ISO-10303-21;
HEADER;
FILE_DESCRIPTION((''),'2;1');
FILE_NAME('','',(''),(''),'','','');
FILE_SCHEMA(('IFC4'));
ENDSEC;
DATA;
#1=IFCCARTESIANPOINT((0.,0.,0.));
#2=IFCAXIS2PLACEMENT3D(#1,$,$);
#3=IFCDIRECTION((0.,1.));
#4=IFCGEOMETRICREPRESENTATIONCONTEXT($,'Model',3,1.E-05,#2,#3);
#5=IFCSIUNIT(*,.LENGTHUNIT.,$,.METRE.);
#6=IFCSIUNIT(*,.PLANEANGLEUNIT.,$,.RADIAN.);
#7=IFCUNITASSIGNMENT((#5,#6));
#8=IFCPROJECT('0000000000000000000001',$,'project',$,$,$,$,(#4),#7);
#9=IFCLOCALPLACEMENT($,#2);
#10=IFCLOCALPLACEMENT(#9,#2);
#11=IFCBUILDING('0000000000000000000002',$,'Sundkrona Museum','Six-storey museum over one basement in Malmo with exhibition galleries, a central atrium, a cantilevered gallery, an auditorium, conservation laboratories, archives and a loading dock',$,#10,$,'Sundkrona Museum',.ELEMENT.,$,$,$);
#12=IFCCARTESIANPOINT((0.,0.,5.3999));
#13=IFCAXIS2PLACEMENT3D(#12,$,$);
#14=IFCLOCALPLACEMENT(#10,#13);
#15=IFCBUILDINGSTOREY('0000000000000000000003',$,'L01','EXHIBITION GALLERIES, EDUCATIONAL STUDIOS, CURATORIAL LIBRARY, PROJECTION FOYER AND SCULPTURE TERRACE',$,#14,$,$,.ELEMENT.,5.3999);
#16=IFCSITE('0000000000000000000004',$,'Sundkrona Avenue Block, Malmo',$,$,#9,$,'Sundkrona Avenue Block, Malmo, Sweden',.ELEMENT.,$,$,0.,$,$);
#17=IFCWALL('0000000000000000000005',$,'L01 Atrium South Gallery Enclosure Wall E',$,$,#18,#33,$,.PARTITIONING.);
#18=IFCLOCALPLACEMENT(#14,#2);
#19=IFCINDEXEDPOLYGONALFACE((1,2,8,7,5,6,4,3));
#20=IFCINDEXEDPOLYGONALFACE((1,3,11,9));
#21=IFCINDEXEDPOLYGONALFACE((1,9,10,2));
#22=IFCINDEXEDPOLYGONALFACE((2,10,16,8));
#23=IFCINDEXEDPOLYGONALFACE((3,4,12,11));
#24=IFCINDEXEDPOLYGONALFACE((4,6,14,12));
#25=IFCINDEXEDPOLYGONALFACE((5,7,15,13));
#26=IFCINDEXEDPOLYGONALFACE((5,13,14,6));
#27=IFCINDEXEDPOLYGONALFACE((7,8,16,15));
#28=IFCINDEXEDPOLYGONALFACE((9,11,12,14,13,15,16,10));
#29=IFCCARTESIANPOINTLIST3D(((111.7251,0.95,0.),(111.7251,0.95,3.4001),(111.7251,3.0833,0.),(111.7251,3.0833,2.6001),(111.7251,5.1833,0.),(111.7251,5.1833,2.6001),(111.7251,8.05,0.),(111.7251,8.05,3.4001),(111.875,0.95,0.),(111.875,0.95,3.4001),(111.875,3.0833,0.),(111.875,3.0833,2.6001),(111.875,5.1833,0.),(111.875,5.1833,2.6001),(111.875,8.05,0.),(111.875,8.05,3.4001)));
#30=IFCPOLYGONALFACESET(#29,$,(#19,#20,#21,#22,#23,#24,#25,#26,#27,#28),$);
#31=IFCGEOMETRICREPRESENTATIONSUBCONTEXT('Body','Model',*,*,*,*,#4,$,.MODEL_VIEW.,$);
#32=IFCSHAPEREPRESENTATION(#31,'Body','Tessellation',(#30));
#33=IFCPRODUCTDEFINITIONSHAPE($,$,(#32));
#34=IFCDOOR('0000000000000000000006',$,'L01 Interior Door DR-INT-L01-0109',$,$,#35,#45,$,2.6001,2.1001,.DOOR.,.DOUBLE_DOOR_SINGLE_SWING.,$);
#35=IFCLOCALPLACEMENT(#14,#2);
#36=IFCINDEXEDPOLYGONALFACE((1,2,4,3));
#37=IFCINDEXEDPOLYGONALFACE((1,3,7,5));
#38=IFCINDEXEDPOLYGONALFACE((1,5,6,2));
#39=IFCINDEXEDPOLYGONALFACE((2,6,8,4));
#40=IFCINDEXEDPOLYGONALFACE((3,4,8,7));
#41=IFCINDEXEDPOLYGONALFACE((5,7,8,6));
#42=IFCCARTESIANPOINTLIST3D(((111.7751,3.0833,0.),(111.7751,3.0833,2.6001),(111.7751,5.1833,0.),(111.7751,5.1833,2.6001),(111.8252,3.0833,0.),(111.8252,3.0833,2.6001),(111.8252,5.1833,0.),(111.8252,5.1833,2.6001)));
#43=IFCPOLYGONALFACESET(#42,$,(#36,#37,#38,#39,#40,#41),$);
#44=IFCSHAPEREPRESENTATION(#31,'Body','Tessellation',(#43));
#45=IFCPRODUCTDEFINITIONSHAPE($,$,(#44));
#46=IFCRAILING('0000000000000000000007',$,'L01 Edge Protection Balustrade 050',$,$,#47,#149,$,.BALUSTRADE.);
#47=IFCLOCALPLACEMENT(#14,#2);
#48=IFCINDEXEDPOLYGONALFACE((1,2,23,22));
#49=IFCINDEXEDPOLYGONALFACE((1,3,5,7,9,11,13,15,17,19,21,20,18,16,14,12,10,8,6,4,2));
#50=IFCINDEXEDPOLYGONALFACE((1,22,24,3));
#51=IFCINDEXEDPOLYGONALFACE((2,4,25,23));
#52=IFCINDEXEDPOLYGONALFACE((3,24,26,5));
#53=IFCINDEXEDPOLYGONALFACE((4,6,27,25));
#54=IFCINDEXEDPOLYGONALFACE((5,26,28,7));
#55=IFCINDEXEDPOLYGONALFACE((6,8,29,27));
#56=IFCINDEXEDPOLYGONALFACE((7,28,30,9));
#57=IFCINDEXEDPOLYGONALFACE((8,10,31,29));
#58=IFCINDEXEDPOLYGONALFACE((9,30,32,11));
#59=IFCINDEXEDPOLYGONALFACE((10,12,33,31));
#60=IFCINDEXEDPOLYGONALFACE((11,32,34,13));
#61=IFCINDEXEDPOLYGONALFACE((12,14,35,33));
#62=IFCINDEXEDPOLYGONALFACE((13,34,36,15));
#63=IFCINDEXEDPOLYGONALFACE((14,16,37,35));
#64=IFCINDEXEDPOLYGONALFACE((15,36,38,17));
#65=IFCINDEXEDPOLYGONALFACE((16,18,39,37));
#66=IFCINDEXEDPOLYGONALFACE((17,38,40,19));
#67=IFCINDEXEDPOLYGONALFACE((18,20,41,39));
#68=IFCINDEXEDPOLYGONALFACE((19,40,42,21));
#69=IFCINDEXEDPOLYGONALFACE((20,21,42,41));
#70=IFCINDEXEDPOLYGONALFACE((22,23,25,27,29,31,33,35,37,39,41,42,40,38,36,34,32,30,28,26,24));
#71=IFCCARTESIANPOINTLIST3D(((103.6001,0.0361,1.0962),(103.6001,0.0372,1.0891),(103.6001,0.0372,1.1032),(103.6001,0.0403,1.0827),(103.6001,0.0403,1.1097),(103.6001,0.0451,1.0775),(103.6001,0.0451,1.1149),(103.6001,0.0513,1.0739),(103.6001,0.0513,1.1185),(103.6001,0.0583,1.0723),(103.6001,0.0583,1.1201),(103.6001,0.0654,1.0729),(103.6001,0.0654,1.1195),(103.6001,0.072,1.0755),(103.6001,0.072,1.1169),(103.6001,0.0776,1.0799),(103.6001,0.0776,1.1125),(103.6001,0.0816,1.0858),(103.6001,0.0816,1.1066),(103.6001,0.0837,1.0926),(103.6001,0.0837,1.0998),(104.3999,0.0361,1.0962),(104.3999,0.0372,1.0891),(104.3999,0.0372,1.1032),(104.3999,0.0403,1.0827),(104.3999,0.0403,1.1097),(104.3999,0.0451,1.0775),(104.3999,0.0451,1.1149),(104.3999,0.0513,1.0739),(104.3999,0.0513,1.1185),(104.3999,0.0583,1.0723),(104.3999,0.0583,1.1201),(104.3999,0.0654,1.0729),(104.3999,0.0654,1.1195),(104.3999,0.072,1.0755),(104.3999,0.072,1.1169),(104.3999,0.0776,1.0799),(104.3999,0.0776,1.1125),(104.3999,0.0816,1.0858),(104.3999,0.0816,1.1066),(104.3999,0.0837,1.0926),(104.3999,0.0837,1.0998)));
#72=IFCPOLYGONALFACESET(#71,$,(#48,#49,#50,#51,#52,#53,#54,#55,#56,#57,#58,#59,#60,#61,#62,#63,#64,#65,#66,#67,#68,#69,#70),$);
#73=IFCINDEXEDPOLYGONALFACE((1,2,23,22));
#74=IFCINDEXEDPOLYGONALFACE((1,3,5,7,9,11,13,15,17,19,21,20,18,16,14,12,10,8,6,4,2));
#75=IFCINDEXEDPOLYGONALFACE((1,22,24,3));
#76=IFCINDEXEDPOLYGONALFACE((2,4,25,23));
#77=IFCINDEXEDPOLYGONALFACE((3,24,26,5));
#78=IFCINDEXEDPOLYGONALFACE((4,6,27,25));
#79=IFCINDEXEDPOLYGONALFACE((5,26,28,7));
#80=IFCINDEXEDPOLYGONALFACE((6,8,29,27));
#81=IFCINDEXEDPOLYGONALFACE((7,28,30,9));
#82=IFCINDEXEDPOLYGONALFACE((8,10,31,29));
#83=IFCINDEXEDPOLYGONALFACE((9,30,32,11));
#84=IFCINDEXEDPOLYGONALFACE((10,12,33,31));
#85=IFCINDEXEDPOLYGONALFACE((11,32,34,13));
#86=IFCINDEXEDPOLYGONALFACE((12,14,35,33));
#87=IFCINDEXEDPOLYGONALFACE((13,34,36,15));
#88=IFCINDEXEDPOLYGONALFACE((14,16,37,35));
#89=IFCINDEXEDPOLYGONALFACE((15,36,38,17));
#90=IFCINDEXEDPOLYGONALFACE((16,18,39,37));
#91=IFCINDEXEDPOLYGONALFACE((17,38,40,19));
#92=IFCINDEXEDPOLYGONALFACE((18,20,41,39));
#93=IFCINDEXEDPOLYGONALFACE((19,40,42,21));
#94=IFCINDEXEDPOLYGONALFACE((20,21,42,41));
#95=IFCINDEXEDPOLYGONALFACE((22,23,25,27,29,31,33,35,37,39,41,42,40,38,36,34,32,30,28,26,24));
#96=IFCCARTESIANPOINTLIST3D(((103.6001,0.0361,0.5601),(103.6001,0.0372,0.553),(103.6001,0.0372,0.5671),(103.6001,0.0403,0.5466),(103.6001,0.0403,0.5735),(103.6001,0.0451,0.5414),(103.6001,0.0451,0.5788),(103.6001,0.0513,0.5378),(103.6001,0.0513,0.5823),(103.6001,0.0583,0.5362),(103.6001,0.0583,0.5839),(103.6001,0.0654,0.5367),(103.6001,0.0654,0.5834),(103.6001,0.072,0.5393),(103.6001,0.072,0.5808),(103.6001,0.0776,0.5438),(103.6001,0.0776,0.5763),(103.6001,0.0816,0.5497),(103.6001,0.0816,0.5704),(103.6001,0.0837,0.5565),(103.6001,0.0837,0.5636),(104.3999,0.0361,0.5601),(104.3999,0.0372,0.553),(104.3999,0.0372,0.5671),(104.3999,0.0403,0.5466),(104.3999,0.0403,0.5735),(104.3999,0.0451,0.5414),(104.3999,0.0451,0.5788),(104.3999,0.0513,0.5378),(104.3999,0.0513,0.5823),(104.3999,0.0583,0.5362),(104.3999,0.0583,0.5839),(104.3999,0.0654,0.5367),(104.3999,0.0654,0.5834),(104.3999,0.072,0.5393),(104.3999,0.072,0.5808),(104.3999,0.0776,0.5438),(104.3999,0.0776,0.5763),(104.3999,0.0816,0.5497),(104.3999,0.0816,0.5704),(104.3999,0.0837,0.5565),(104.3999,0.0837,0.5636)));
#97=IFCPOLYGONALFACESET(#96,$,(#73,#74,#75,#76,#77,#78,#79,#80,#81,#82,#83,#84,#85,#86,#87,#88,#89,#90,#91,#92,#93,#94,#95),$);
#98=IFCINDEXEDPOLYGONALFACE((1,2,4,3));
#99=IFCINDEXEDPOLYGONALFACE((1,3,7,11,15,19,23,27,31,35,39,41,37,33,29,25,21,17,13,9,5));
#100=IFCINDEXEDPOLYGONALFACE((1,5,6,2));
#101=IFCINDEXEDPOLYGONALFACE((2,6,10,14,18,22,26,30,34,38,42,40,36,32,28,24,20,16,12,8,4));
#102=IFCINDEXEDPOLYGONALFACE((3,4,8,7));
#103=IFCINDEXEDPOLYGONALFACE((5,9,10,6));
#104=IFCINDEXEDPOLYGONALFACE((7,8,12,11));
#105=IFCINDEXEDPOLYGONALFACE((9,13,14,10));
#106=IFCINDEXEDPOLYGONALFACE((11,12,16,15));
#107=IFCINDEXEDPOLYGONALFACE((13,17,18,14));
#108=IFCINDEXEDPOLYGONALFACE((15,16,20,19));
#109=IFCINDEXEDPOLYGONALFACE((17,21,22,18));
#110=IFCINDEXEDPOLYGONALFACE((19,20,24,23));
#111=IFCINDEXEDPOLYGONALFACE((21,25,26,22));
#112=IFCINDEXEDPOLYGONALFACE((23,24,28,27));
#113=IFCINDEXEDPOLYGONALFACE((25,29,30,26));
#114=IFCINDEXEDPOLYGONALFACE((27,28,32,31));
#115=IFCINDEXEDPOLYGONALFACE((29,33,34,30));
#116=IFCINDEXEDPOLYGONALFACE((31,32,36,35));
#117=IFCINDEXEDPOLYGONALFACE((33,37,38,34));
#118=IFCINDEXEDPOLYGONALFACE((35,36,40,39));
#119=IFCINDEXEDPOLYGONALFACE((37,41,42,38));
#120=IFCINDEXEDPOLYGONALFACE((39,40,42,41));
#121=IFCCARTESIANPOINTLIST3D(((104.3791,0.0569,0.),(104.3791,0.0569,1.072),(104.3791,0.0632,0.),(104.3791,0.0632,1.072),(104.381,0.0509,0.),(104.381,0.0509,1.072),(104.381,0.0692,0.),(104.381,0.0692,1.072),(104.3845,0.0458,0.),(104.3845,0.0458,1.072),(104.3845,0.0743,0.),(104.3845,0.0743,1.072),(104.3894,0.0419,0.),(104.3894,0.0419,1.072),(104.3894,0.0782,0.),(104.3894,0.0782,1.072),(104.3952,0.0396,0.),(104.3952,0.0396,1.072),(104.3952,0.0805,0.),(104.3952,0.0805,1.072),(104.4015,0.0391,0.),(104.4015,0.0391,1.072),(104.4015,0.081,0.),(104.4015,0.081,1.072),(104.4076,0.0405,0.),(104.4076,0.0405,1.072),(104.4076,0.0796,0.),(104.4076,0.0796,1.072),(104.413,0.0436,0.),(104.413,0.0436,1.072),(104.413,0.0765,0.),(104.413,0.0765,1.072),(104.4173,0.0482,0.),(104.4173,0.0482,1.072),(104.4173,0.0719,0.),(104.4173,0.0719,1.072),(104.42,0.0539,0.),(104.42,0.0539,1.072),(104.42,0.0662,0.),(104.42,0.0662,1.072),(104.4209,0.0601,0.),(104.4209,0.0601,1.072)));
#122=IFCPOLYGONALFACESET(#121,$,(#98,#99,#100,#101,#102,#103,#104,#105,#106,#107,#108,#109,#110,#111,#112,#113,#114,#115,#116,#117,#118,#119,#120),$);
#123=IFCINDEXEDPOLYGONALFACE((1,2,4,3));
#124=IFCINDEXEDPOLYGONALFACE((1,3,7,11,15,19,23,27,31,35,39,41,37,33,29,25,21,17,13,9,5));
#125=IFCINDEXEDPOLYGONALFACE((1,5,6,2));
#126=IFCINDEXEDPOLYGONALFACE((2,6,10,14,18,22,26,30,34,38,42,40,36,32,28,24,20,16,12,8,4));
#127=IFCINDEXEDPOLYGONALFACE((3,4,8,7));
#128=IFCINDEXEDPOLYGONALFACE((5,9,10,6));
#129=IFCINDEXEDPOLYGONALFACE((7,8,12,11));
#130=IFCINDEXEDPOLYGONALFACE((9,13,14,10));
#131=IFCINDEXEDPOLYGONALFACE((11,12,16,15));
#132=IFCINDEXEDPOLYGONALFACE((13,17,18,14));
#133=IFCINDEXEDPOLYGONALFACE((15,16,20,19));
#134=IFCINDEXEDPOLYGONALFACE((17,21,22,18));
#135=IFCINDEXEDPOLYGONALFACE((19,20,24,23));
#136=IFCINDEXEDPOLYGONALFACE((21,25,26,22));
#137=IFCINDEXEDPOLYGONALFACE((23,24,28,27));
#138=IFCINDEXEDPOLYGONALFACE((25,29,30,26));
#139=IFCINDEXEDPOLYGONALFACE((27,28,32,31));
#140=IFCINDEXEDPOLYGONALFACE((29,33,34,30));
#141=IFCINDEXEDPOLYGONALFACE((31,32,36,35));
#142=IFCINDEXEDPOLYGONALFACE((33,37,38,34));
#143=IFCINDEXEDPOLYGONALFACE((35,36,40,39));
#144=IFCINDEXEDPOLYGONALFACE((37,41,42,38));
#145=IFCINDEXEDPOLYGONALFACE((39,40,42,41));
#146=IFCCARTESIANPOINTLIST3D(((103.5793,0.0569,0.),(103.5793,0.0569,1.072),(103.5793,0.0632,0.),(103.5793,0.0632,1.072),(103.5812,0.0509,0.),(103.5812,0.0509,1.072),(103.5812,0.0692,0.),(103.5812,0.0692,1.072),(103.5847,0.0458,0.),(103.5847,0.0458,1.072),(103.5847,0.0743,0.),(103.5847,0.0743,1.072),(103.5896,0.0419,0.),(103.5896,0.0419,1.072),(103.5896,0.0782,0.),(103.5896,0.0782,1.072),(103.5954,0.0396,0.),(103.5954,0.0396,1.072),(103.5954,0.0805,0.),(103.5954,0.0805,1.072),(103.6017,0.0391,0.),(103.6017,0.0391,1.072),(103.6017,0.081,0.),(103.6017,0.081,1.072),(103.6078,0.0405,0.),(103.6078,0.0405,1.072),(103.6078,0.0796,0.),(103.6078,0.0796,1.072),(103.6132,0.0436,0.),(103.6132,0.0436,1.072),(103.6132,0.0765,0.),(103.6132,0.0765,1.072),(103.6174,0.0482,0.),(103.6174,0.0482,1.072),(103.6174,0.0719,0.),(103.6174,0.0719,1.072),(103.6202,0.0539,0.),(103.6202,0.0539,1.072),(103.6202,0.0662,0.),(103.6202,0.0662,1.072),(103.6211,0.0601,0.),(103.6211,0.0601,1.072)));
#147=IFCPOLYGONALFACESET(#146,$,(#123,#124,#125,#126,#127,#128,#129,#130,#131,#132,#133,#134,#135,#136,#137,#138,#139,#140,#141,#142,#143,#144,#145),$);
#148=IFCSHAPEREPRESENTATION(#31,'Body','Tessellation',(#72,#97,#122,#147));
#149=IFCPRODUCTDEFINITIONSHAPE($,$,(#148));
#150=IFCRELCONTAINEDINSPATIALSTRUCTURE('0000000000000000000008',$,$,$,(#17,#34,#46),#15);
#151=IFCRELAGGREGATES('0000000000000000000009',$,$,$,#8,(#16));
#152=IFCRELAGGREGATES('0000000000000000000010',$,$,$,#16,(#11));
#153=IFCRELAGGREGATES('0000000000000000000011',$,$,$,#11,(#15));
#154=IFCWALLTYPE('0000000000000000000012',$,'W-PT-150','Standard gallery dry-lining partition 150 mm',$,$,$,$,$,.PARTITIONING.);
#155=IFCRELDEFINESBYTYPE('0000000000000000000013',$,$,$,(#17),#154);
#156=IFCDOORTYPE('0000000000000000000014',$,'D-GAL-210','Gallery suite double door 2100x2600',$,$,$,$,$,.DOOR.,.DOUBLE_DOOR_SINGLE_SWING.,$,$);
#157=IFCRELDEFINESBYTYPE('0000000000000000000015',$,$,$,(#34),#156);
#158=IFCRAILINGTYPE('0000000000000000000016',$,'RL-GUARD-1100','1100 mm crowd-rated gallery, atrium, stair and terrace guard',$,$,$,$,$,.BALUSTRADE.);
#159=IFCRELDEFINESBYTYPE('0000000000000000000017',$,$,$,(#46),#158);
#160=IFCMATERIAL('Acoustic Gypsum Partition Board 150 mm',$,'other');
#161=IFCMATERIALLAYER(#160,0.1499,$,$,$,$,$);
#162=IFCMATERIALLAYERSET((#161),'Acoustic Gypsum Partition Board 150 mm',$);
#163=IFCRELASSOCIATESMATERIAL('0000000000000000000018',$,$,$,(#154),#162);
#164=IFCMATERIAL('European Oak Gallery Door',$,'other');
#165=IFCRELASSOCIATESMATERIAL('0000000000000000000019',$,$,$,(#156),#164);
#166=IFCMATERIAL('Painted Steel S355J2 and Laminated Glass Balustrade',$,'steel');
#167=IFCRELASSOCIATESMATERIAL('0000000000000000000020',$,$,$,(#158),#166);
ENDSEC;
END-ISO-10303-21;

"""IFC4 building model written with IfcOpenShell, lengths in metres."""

from ifc_helpers import new_model, si_unit, direction, frame, frame_2d, origin, origin_2d, place, context, subcontext, project, spatial, rectangle, circle, extrude, material, layer, layer_set, type_object, element, fill, save


model = new_model("IFC4")

# Units and contexts
model_context = context("Model", 3, precision=1e-05, world=origin(), true_north=direction((0.0, 1.0)))
body_context = subcontext(model_context, "Body", "Model", "MODEL_VIEW")
ifc_project = project(units=[si_unit("LENGTHUNIT", "METRE"), si_unit("PLANEANGLEUNIT", "RADIAN")], contexts=[model_context])

# Site, building, storey
site_placement = place(None, origin())
site = spatial("IfcSite", under=ifc_project, at=site_placement, Name="Sundkrona Avenue Block, Malmo", LongName="Sundkrona Avenue Block, Malmo, Sweden", CompositionType="ELEMENT", RefElevation=0.0)
building_placement = place(site_placement, origin())
building = spatial("IfcBuilding", under=site, at=building_placement, Name="Sundkrona Museum", Description="Six-storey museum over one basement in Malmo with exhibition galleries, a central atrium, a cantilevered gallery, an auditorium, conservation laboratories, archives and a loading dock", LongName="Sundkrona Museum", CompositionType="ELEMENT")
storey_placement = place(building_placement, frame((0.0, 0.0, 5.3999)))
storey = spatial("IfcBuildingStorey", under=building, at=storey_placement, Name="L01", Description="EXHIBITION GALLERIES, EDUCATIONAL STUDIOS, CURATORIAL LIBRARY, PROJECTION FOYER AND SCULPTURE TERRACE", CompositionType="ELEMENT", Elevation=5.3999)

# Shared definitions
ifc_material_1 = material(Name="Acoustic Gypsum Partition Board 150 mm", Category="other")
ifc_layer_1 = layer(ifc_material_1, 0.1499)
ifc_layer_set_1 = layer_set([ifc_layer_1], Name="Acoustic Gypsum Partition Board 150 mm")
wall_type = type_object("IfcWallType", Name="W-PT-150", Description="Standard gallery dry-lining partition 150 mm", PredefinedType="PARTITIONING", material=ifc_layer_set_1)

# Wall, opening, door
wall_1_placement = place(storey_placement, frame((111.8, 0.95, 0.0), z_axis=(0.0, 0.0, 1.0), x_axis=(0.0, 1.0, 0.0)))
wall_1 = element("IfcWall", 1, at=wall_1_placement, inside=storey, type_object=wall_type, Name="L01 Atrium South Gallery Enclosure Wall E", PredefinedType="PARTITIONING", context=body_context, shape_type="SweptSolid", body=[
    extrude(rectangle(XDim=7.1001, YDim=0.1499, at=frame_2d((3.55, 0.0))), origin(), (0.0, 0.0, 1.0), 3.4001),
])
opening_placement = place(wall_1_placement, frame((2.1333, 0.0, 0.0)))
opening = element("IfcOpeningElement", 2, at=opening_placement, cuts=wall_1, PredefinedType="OPENING", context=body_context, shape_type="SweptSolid", body=[
    extrude(rectangle(XDim=2.1001, YDim=2.6001, at=frame_2d((1.05, 1.3))), frame((0.0, 0.085, 0.0), z_axis=(0.0, -1.0, 0.0), x_axis=(1.0, 0.0, 0.0)), (0.0, 0.0, 1.0), 0.1699),
])
ifc_material_2 = material(Name="European Oak Gallery Door", Category="other")
door_type = type_object("IfcDoorType", Name="D-GAL-210", Description="Gallery suite double door 2100x2600", OperationType="DOUBLE_DOOR_SINGLE_SWING", PredefinedType="DOOR", material=ifc_material_2)
door_placement = place(opening_placement, origin())
door = element("IfcDoor", 3, at=door_placement, inside=storey, type_object=door_type, Name="L01 Interior Door DR-INT-L01-0109", OperationType="DOUBLE_DOOR_SINGLE_SWING", OverallHeight=2.6001, OverallWidth=2.1001, PredefinedType="DOOR", context=body_context, shape_type="SweptSolid", body=[
    extrude(rectangle(XDim=2.1001, YDim=2.6001, at=frame_2d((1.05, 1.3))), frame((0.0, 0.0249, 0.0), z_axis=(0.0, -1.0, 0.0), x_axis=(1.0, 0.0, 0.0)), (0.0, 0.0, 1.0), 0.05),
])
fill(opening, door)

# Railing
ifc_material_3 = material(Name="Painted Steel S355J2 and Laminated Glass Balustrade", Category="steel")
railing_type = type_object("IfcRailingType", Name="RL-GUARD-1100", Description="1100 mm crowd-rated gallery, atrium, stair and terrace guard", PredefinedType="BALUSTRADE", material=ifc_material_3)
railing_placement = place(storey_placement, frame((104.3999, 0.0601, 0.0)))
element("IfcRailing", 4, at=railing_placement, inside=storey, type_object=railing_type, Name="L01 Edge Protection Balustrade 050", PredefinedType="BALUSTRADE", context=body_context, shape_type="SweptSolid", body=[
    extrude(circle(Radius=0.0239, at=origin_2d()), frame((0.0, 0.0, 1.0962), z_axis=(-1.0, 0.0, 0.0), x_axis=(0.0, -1.0, 0.0)), (0.0, 0.0, 1.0), 0.7998),
    extrude(circle(Radius=0.0239, at=origin_2d()), frame((0.0, 0.0, 0.5601), z_axis=(-1.0, 0.0, 0.0), x_axis=(0.0, -1.0, 0.0)), (0.0, 0.0, 1.0), 0.7998),
    extrude(circle(Radius=0.021, at=origin_2d()), origin(), (0.0, 0.0, 1.0), 1.072),
    extrude(circle(Radius=0.021, at=origin_2d()), frame((-0.7998, 0.0, 0.0)), (0.0, 0.0, 1.0), 1.072),
])

save(model, "model.ifc")
